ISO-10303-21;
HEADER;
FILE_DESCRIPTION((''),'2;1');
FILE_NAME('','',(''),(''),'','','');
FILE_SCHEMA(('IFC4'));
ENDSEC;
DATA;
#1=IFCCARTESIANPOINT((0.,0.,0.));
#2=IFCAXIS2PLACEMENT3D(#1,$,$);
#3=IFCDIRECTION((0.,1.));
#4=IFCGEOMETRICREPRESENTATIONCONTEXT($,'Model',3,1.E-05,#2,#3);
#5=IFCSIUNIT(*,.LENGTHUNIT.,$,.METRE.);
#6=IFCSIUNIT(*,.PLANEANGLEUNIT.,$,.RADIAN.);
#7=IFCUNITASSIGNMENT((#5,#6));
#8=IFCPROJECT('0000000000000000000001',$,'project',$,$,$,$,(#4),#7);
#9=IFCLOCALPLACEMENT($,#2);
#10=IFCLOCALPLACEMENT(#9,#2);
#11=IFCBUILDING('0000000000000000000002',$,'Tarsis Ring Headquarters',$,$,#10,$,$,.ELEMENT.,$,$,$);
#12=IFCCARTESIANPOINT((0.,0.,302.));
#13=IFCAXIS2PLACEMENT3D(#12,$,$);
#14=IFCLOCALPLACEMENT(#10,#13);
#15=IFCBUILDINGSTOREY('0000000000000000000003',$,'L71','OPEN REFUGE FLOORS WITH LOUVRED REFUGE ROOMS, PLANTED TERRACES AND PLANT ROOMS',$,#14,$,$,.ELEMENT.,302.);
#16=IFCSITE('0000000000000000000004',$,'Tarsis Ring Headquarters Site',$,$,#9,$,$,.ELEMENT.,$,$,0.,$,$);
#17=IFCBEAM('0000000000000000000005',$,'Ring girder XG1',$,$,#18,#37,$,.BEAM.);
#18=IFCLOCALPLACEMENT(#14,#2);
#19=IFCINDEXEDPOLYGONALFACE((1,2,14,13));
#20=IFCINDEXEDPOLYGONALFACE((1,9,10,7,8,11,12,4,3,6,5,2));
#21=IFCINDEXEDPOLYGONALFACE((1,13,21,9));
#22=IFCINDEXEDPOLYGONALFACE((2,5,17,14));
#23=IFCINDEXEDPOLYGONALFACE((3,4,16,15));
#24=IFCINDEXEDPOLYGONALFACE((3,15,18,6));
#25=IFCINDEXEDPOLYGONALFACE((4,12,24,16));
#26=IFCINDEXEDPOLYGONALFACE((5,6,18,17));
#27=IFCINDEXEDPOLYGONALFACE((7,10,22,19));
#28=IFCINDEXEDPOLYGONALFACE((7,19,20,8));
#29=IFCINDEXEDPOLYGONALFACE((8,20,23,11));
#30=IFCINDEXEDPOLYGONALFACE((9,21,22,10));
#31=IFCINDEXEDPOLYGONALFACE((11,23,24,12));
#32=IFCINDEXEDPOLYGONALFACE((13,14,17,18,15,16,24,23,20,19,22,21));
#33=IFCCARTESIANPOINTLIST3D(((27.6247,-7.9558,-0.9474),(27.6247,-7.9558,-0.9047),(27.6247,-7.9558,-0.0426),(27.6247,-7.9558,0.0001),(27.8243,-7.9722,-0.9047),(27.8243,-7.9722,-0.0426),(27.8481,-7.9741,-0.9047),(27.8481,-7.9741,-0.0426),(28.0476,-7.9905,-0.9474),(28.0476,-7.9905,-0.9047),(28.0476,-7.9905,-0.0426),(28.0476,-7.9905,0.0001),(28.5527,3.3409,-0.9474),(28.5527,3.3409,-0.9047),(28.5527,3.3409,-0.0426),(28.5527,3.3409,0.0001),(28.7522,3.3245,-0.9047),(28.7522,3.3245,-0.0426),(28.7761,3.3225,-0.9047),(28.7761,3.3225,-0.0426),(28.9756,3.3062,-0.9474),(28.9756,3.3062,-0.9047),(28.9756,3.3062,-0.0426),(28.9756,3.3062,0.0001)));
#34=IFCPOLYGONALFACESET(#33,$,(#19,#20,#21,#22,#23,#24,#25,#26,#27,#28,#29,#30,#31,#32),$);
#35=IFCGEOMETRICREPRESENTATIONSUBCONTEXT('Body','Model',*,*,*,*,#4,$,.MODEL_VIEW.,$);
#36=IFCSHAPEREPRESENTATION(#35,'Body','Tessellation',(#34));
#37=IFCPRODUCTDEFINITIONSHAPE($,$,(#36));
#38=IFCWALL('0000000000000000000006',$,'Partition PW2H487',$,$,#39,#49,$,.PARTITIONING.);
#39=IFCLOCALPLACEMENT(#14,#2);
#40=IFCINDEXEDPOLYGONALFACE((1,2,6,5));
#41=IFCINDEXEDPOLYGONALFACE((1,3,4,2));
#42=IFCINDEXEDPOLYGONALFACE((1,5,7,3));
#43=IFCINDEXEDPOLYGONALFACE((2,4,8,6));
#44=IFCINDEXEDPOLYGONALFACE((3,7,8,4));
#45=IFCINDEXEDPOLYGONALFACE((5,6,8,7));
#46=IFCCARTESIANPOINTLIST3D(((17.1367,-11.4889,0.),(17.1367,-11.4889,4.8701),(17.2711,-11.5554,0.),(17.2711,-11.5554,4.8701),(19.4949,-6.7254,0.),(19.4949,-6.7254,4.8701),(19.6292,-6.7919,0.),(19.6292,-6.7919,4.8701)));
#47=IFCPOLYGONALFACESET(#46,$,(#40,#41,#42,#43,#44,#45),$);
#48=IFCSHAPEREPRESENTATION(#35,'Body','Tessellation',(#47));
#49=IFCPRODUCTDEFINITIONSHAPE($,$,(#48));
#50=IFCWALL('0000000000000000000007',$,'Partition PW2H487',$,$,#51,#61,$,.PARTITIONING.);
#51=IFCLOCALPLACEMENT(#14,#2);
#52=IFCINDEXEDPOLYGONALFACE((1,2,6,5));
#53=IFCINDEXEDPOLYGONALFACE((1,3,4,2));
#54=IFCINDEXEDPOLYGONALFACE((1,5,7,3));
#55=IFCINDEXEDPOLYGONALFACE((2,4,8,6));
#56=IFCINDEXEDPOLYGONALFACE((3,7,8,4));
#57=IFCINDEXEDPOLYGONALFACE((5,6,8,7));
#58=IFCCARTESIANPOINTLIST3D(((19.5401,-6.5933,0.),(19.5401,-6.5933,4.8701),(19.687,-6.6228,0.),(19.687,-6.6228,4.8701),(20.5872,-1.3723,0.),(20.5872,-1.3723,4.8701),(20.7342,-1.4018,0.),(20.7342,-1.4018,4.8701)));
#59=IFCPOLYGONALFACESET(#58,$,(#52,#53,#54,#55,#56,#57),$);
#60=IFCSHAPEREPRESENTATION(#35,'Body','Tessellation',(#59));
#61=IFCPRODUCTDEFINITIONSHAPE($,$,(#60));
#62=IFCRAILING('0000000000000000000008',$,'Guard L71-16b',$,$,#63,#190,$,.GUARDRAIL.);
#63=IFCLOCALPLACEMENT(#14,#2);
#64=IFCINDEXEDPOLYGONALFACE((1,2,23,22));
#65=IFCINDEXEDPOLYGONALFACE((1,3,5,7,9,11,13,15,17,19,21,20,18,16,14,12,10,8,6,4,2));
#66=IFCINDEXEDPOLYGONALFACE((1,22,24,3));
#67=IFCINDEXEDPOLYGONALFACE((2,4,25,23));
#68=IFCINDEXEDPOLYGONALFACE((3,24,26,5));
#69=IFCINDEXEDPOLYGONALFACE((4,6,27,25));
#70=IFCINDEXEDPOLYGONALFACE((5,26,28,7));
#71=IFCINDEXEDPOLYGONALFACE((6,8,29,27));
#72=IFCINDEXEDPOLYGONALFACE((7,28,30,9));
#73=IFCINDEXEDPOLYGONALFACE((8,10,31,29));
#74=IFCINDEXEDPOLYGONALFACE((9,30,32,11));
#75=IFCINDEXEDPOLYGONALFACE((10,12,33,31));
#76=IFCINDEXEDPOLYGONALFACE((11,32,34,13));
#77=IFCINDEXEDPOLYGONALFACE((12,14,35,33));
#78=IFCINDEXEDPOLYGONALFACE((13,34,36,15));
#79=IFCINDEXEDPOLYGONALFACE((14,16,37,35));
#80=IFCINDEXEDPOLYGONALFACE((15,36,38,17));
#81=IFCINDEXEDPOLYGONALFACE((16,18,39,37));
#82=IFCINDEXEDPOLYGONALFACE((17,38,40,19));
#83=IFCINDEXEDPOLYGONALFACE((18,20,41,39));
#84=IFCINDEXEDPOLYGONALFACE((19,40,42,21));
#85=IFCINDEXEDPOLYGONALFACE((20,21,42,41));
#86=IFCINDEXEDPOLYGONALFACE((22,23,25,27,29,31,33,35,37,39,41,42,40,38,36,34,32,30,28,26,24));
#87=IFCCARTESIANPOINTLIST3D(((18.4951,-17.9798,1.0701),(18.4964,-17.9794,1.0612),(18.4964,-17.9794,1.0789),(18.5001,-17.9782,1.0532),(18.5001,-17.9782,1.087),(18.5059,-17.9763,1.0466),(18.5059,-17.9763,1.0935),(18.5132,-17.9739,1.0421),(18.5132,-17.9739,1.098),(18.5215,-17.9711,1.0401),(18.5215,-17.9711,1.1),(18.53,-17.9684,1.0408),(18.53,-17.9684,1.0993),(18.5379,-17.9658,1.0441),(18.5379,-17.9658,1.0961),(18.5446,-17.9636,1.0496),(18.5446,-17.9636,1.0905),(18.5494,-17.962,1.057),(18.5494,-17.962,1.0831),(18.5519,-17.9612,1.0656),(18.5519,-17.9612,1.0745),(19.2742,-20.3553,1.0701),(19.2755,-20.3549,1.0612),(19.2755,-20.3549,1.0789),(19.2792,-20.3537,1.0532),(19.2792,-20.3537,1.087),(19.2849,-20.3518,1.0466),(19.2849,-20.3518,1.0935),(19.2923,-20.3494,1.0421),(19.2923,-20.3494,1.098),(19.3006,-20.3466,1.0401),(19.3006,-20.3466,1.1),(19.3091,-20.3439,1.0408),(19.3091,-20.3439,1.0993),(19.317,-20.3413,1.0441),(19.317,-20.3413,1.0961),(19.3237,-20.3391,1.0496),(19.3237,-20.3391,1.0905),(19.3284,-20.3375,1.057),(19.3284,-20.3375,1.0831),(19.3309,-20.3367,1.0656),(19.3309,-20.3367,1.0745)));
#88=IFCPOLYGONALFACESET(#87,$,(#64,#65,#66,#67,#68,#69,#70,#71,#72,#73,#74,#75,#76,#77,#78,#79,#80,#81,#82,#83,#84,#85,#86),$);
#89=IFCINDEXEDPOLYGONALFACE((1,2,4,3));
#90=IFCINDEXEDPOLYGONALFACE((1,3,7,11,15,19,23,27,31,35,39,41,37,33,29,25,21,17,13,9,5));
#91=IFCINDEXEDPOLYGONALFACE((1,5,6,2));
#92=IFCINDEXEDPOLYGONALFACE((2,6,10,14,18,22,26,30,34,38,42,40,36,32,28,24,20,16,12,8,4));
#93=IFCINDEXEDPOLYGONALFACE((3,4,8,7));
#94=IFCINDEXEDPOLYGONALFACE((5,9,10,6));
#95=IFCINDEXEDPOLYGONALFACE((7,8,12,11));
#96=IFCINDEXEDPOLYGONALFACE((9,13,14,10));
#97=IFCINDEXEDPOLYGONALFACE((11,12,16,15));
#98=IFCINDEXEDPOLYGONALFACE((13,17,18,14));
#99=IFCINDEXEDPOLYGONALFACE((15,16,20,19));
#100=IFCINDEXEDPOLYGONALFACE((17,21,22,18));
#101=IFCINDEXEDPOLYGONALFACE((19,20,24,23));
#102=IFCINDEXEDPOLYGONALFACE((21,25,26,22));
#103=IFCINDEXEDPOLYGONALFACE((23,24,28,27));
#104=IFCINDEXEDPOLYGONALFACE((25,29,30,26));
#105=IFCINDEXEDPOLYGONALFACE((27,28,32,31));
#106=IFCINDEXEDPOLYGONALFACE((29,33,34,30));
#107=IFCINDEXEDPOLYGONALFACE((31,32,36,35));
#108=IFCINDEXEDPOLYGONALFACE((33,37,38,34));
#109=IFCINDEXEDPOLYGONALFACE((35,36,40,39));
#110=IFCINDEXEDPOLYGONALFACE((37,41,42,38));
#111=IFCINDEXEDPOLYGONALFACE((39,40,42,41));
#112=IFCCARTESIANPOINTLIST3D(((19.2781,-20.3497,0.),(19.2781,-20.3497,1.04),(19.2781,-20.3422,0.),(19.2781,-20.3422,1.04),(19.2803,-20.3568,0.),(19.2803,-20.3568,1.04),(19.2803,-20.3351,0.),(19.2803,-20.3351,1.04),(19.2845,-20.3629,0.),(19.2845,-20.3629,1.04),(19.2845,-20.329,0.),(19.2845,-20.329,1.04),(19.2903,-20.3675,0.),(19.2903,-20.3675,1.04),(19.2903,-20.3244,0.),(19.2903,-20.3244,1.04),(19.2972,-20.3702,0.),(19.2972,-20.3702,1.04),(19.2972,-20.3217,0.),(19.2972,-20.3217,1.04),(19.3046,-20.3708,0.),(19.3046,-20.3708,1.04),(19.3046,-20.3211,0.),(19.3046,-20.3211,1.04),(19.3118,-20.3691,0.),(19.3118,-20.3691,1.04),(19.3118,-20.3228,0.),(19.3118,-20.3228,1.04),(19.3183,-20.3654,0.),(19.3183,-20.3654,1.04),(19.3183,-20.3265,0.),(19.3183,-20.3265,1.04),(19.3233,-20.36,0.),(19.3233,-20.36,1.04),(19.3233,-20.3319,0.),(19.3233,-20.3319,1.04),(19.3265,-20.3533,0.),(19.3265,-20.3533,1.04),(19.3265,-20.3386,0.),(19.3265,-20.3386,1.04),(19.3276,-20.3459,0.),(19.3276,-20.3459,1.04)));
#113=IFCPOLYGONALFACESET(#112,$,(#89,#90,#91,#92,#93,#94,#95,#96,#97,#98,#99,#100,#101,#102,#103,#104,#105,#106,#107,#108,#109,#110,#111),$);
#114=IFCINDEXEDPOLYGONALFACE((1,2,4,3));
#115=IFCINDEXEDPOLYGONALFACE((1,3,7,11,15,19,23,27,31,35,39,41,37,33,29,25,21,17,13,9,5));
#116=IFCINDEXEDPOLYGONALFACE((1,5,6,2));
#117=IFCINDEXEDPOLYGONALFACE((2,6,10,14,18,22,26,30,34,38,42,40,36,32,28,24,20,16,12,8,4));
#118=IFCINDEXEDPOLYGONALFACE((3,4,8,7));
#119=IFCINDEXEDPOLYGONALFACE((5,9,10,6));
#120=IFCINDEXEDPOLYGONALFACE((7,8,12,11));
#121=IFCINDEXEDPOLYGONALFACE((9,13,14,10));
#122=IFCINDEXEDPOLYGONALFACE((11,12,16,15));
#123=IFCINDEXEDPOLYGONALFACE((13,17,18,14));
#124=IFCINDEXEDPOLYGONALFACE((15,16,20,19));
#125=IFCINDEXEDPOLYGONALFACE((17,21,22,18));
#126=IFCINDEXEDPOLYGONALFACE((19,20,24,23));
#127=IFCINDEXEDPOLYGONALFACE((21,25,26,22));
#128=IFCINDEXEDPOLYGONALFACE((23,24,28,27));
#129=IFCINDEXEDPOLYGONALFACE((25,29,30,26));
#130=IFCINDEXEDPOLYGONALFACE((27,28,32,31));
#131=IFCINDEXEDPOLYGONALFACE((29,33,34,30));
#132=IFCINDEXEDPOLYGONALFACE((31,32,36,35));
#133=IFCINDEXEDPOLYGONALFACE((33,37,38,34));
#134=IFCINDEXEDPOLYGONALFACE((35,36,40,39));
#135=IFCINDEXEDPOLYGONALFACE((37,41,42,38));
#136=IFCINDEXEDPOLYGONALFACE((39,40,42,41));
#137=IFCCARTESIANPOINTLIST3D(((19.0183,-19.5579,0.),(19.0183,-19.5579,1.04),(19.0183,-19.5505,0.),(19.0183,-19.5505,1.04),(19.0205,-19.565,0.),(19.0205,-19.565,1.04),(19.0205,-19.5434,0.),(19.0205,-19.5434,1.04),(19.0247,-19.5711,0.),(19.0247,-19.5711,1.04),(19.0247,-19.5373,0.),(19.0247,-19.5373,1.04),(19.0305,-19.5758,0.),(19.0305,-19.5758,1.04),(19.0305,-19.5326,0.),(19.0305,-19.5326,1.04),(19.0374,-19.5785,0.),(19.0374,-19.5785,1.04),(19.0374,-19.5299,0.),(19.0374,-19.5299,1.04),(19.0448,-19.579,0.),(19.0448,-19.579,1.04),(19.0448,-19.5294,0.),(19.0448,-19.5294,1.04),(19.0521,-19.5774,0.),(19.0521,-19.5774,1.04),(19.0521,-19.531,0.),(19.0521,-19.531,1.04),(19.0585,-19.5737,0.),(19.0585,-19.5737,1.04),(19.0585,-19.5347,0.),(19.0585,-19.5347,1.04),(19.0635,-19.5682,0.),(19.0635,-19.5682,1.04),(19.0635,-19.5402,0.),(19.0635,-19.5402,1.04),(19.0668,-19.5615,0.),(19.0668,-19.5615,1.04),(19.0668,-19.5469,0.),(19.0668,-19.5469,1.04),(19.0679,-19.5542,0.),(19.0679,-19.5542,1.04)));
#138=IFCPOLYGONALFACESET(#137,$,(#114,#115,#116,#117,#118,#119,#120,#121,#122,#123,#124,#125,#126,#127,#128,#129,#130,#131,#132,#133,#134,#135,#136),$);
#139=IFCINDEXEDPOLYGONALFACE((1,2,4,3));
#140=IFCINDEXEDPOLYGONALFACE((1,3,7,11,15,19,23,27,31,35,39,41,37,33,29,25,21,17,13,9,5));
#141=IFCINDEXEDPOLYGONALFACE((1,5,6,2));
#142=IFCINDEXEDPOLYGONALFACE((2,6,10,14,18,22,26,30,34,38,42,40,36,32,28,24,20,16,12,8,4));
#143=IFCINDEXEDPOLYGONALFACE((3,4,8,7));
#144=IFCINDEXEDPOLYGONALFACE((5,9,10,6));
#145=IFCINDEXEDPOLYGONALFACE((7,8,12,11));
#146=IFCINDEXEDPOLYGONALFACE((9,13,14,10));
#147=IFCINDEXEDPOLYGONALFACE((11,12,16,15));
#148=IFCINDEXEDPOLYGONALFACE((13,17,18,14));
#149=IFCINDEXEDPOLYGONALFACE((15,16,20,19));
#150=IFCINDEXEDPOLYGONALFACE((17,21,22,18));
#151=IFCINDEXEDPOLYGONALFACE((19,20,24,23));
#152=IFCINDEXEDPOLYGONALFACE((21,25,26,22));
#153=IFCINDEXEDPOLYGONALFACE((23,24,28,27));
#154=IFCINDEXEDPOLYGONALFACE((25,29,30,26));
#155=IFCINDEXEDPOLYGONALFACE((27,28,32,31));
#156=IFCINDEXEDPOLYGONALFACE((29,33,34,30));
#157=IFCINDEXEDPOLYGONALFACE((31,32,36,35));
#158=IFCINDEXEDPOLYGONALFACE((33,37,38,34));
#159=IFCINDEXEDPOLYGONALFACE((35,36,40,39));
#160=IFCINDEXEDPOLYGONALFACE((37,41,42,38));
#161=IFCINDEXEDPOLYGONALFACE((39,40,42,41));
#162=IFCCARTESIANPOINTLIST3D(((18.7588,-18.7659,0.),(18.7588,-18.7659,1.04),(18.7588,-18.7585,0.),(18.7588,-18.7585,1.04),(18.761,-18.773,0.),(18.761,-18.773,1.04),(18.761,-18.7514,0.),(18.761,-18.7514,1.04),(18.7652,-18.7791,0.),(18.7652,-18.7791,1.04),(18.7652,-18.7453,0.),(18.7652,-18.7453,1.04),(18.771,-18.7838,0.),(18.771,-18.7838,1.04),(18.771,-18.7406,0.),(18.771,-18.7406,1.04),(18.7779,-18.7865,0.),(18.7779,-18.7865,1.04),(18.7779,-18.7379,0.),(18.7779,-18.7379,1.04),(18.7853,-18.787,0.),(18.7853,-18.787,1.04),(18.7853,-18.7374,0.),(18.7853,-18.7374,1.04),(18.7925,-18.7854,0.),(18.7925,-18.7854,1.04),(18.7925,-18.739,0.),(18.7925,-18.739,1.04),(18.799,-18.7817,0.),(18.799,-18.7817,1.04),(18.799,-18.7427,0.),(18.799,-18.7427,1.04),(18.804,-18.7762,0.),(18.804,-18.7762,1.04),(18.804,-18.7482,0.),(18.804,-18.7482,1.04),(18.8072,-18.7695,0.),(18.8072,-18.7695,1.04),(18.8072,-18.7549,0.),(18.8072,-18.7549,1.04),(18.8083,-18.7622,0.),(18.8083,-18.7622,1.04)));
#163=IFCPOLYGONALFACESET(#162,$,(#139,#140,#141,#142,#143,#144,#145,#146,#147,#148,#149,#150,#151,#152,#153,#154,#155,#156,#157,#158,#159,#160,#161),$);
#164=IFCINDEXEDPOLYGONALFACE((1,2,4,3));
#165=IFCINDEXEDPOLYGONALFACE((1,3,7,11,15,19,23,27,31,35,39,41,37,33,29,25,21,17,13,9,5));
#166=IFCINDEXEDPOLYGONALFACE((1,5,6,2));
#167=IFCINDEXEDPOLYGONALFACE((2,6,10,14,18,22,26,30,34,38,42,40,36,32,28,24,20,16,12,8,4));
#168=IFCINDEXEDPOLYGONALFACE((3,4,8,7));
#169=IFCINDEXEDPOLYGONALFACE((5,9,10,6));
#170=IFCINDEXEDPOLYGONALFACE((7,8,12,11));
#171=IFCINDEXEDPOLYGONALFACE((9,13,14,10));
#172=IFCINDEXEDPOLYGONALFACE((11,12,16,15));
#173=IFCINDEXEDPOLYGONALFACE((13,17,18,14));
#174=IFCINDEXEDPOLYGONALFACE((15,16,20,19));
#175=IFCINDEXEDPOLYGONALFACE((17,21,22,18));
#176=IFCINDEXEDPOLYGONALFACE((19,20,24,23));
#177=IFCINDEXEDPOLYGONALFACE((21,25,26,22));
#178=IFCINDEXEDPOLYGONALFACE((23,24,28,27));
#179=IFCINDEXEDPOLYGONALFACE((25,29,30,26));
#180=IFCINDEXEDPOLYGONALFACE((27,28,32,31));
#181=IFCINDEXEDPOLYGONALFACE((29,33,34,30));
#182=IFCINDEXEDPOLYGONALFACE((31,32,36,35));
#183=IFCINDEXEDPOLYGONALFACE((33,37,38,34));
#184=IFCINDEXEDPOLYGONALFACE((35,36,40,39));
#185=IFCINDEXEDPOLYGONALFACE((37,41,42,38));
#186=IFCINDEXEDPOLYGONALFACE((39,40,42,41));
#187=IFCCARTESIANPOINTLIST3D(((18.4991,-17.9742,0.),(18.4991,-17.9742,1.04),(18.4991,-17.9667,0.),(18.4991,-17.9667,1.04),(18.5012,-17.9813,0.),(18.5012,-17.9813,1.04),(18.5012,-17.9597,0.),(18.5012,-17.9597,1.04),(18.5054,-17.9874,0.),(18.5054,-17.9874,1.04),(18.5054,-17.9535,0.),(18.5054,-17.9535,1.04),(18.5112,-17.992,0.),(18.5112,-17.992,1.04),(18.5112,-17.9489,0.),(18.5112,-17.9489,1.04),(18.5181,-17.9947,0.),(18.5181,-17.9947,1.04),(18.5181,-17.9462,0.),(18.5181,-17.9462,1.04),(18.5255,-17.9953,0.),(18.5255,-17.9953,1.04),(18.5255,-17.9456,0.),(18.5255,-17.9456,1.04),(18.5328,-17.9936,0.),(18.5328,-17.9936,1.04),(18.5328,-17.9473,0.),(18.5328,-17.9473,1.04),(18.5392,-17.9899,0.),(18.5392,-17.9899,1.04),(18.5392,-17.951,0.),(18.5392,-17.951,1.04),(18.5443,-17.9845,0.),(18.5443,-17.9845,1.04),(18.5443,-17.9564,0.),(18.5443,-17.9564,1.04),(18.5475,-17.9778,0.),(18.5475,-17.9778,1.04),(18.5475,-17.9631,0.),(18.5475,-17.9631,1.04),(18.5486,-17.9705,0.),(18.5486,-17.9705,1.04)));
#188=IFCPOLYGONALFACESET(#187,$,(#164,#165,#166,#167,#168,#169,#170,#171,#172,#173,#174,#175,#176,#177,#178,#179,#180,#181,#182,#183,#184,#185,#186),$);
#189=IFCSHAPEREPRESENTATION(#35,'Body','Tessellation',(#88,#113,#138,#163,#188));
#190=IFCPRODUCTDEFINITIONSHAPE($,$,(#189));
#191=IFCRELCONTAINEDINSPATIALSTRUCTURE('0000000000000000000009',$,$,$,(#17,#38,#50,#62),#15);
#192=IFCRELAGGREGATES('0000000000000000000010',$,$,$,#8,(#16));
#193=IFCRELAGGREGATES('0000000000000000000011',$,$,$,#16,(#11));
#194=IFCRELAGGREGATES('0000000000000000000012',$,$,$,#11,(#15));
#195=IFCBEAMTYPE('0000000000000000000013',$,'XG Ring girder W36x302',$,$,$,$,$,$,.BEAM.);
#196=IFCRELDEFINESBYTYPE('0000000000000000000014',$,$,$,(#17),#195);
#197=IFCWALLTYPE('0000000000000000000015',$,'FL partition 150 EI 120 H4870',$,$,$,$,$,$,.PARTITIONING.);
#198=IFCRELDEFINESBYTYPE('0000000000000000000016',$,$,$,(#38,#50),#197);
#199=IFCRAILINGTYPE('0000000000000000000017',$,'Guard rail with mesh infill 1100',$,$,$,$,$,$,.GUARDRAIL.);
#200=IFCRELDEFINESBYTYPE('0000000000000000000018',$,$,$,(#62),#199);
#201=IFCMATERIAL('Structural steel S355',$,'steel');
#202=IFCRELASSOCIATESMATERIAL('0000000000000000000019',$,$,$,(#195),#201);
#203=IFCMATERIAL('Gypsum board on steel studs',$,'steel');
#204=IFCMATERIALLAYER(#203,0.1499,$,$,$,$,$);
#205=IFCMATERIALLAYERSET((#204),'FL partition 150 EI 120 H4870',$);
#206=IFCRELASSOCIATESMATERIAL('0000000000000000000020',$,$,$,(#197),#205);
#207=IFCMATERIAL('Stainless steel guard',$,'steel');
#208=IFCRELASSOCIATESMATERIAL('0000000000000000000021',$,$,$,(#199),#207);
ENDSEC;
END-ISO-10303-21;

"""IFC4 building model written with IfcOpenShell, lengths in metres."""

from ifc_helpers import new_model, si_unit, direction, frame, frame_2d, origin, origin_2d, place, context, subcontext, project, spatial, rectangle, circle, i_section, extrude, material, layer, layer_set, material_profile, profile_set, type_object, element, save


model = new_model("IFC4")

# Units and contexts
model_context = context("Model", 3, precision=1e-05, world=origin(), true_north=direction((0.0, 1.0)))
body_context = subcontext(model_context, "Body", "Model", "MODEL_VIEW")
ifc_project = project(units=[si_unit("LENGTHUNIT", "METRE"), si_unit("PLANEANGLEUNIT", "RADIAN")], contexts=[model_context])

# Site, building, storey
site_placement = place(None, origin())
site = spatial("IfcSite", under=ifc_project, at=site_placement, Name="Tarsis Ring Headquarters Site", CompositionType="ELEMENT", RefElevation=0.0)
building_placement = place(site_placement, origin())
building = spatial("IfcBuilding", under=site, at=building_placement, Name="Tarsis Ring Headquarters", CompositionType="ELEMENT")
storey_placement = place(building_placement, frame((0.0, 0.0, 302.0)))
storey = spatial("IfcBuildingStorey", under=building, at=storey_placement, Name="L71", Description="OPEN REFUGE FLOORS WITH LOUVRED REFUGE ROOMS, PLANTED TERRACES AND PLANT ROOMS", CompositionType="ELEMENT", Elevation=302.0)

# Shared definitions
ifc_material_1 = material(Name="Structural steel S355", Category="steel")

# Beam
ifc_material_profile_1 = material_profile(ifc_material_1, i_section(OverallWidth=0.4243, OverallDepth=0.9475, WebThickness=0.0239, FlangeThickness=0.0427, at=origin_2d()), Name="W36x302")
ifc_profile_set_1 = profile_set([ifc_material_profile_1], Name="Structural steel S355")
beam_type = type_object("IfcBeamType", Name="XG Ring girder W36x302", PredefinedType="BEAM", material=ifc_profile_set_1)
beam_1_placement = place(storey_placement, frame((27.8362, -7.9731, -0.4736), z_axis=(0.081871, 0.996643, 0.0), x_axis=(-0.996643, 0.081871, 0.0)))
element("IfcBeam", 1, at=beam_1_placement, inside=storey, type_object=beam_type, Name="Ring girder XG1", PredefinedType="BEAM", context=body_context, shape_type="SweptSolid", body=[
    extrude(i_section(OverallWidth=0.4243, OverallDepth=0.9475, WebThickness=0.0239, FlangeThickness=0.0427, at=origin_2d()), origin(), (0.0, 0.0, 1.0), 11.3347),
])

# Walls
ifc_material_2 = material(Name="Gypsum board on steel studs", Category="steel")
ifc_layer = layer(ifc_material_2, 0.1499)
ifc_layer_set = layer_set([ifc_layer], Name="FL partition 150 EI 120 H4870")
wall_type = type_object("IfcWallType", Name="FL partition 150 EI 120 H4870", PredefinedType="PARTITIONING", material=ifc_layer_set)
wall_1_placement = place(storey_placement, frame((17.2039, -11.5222, 0.0), z_axis=(0.0, 0.0, 1.0), x_axis=(0.443664, 0.896193, 0.0)))
element("IfcWall", 2, at=wall_1_placement, inside=storey, type_object=wall_type, Name="Partition PW2H487", PredefinedType="PARTITIONING", context=body_context, shape_type="SweptSolid", body=[
    extrude(rectangle(XDim=5.3152, YDim=0.1499, at=frame_2d((2.6577, 0.0))), origin(), (0.0, 0.0, 1.0), 4.8701),
])
wall_2_placement = place(storey_placement, frame((19.6135, -6.6082, 0.0), z_axis=(0.0, 0.0, 1.0), x_axis=(0.196645, 0.980475, 0.0)))
element("IfcWall", 3, at=wall_2_placement, inside=storey, type_object=wall_type, Name="Partition PW2H487", PredefinedType="PARTITIONING", context=body_context, shape_type="SweptSolid", body=[
    extrude(rectangle(XDim=5.325, YDim=0.1499, at=frame_2d((2.6626, 0.0))), origin(), (0.0, 0.0, 1.0), 4.8701),
])

# Railing
ifc_material_3 = material(Name="Stainless steel guard", Category="steel")
railing_type = type_object("IfcRailingType", Name="Guard rail with mesh infill 1100", PredefinedType="GUARDRAIL", material=ifc_material_3)
railing_1_placement = place(storey_placement, frame((19.3027, -20.3459, 0.0)))
element("IfcRailing", 4, at=railing_1_placement, inside=storey, type_object=railing_type, Name="Guard L71-16b", PredefinedType="GUARDRAIL", context=body_context, shape_type="SweptSolid", body=[
    extrude(circle(Radius=0.03, at=origin_2d()), frame((0.0, 0.0, 1.0701), z_axis=(-0.311624, 0.950205, 0.0), x_axis=(-0.950205, -0.311624, 0.0)), (0.0, 0.0, 1.0), 2.5),
    extrude(circle(Radius=0.0249, at=origin_2d()), origin(), (0.0, 0.0, 1.0), 1.04),
    extrude(circle(Radius=0.0249, at=origin_2d()), frame((-0.2598, 0.7917, 0.0)), (0.0, 0.0, 1.0), 1.04),
    extrude(circle(Radius=0.0249, at=origin_2d()), frame((-0.5193, 1.5837, 0.0)), (0.0, 0.0, 1.0), 1.04),
    extrude(circle(Radius=0.0249, at=origin_2d()), frame((-0.7791, 2.3755, 0.0)), (0.0, 0.0, 1.0), 1.04),
])

save(model, "model.ifc")
